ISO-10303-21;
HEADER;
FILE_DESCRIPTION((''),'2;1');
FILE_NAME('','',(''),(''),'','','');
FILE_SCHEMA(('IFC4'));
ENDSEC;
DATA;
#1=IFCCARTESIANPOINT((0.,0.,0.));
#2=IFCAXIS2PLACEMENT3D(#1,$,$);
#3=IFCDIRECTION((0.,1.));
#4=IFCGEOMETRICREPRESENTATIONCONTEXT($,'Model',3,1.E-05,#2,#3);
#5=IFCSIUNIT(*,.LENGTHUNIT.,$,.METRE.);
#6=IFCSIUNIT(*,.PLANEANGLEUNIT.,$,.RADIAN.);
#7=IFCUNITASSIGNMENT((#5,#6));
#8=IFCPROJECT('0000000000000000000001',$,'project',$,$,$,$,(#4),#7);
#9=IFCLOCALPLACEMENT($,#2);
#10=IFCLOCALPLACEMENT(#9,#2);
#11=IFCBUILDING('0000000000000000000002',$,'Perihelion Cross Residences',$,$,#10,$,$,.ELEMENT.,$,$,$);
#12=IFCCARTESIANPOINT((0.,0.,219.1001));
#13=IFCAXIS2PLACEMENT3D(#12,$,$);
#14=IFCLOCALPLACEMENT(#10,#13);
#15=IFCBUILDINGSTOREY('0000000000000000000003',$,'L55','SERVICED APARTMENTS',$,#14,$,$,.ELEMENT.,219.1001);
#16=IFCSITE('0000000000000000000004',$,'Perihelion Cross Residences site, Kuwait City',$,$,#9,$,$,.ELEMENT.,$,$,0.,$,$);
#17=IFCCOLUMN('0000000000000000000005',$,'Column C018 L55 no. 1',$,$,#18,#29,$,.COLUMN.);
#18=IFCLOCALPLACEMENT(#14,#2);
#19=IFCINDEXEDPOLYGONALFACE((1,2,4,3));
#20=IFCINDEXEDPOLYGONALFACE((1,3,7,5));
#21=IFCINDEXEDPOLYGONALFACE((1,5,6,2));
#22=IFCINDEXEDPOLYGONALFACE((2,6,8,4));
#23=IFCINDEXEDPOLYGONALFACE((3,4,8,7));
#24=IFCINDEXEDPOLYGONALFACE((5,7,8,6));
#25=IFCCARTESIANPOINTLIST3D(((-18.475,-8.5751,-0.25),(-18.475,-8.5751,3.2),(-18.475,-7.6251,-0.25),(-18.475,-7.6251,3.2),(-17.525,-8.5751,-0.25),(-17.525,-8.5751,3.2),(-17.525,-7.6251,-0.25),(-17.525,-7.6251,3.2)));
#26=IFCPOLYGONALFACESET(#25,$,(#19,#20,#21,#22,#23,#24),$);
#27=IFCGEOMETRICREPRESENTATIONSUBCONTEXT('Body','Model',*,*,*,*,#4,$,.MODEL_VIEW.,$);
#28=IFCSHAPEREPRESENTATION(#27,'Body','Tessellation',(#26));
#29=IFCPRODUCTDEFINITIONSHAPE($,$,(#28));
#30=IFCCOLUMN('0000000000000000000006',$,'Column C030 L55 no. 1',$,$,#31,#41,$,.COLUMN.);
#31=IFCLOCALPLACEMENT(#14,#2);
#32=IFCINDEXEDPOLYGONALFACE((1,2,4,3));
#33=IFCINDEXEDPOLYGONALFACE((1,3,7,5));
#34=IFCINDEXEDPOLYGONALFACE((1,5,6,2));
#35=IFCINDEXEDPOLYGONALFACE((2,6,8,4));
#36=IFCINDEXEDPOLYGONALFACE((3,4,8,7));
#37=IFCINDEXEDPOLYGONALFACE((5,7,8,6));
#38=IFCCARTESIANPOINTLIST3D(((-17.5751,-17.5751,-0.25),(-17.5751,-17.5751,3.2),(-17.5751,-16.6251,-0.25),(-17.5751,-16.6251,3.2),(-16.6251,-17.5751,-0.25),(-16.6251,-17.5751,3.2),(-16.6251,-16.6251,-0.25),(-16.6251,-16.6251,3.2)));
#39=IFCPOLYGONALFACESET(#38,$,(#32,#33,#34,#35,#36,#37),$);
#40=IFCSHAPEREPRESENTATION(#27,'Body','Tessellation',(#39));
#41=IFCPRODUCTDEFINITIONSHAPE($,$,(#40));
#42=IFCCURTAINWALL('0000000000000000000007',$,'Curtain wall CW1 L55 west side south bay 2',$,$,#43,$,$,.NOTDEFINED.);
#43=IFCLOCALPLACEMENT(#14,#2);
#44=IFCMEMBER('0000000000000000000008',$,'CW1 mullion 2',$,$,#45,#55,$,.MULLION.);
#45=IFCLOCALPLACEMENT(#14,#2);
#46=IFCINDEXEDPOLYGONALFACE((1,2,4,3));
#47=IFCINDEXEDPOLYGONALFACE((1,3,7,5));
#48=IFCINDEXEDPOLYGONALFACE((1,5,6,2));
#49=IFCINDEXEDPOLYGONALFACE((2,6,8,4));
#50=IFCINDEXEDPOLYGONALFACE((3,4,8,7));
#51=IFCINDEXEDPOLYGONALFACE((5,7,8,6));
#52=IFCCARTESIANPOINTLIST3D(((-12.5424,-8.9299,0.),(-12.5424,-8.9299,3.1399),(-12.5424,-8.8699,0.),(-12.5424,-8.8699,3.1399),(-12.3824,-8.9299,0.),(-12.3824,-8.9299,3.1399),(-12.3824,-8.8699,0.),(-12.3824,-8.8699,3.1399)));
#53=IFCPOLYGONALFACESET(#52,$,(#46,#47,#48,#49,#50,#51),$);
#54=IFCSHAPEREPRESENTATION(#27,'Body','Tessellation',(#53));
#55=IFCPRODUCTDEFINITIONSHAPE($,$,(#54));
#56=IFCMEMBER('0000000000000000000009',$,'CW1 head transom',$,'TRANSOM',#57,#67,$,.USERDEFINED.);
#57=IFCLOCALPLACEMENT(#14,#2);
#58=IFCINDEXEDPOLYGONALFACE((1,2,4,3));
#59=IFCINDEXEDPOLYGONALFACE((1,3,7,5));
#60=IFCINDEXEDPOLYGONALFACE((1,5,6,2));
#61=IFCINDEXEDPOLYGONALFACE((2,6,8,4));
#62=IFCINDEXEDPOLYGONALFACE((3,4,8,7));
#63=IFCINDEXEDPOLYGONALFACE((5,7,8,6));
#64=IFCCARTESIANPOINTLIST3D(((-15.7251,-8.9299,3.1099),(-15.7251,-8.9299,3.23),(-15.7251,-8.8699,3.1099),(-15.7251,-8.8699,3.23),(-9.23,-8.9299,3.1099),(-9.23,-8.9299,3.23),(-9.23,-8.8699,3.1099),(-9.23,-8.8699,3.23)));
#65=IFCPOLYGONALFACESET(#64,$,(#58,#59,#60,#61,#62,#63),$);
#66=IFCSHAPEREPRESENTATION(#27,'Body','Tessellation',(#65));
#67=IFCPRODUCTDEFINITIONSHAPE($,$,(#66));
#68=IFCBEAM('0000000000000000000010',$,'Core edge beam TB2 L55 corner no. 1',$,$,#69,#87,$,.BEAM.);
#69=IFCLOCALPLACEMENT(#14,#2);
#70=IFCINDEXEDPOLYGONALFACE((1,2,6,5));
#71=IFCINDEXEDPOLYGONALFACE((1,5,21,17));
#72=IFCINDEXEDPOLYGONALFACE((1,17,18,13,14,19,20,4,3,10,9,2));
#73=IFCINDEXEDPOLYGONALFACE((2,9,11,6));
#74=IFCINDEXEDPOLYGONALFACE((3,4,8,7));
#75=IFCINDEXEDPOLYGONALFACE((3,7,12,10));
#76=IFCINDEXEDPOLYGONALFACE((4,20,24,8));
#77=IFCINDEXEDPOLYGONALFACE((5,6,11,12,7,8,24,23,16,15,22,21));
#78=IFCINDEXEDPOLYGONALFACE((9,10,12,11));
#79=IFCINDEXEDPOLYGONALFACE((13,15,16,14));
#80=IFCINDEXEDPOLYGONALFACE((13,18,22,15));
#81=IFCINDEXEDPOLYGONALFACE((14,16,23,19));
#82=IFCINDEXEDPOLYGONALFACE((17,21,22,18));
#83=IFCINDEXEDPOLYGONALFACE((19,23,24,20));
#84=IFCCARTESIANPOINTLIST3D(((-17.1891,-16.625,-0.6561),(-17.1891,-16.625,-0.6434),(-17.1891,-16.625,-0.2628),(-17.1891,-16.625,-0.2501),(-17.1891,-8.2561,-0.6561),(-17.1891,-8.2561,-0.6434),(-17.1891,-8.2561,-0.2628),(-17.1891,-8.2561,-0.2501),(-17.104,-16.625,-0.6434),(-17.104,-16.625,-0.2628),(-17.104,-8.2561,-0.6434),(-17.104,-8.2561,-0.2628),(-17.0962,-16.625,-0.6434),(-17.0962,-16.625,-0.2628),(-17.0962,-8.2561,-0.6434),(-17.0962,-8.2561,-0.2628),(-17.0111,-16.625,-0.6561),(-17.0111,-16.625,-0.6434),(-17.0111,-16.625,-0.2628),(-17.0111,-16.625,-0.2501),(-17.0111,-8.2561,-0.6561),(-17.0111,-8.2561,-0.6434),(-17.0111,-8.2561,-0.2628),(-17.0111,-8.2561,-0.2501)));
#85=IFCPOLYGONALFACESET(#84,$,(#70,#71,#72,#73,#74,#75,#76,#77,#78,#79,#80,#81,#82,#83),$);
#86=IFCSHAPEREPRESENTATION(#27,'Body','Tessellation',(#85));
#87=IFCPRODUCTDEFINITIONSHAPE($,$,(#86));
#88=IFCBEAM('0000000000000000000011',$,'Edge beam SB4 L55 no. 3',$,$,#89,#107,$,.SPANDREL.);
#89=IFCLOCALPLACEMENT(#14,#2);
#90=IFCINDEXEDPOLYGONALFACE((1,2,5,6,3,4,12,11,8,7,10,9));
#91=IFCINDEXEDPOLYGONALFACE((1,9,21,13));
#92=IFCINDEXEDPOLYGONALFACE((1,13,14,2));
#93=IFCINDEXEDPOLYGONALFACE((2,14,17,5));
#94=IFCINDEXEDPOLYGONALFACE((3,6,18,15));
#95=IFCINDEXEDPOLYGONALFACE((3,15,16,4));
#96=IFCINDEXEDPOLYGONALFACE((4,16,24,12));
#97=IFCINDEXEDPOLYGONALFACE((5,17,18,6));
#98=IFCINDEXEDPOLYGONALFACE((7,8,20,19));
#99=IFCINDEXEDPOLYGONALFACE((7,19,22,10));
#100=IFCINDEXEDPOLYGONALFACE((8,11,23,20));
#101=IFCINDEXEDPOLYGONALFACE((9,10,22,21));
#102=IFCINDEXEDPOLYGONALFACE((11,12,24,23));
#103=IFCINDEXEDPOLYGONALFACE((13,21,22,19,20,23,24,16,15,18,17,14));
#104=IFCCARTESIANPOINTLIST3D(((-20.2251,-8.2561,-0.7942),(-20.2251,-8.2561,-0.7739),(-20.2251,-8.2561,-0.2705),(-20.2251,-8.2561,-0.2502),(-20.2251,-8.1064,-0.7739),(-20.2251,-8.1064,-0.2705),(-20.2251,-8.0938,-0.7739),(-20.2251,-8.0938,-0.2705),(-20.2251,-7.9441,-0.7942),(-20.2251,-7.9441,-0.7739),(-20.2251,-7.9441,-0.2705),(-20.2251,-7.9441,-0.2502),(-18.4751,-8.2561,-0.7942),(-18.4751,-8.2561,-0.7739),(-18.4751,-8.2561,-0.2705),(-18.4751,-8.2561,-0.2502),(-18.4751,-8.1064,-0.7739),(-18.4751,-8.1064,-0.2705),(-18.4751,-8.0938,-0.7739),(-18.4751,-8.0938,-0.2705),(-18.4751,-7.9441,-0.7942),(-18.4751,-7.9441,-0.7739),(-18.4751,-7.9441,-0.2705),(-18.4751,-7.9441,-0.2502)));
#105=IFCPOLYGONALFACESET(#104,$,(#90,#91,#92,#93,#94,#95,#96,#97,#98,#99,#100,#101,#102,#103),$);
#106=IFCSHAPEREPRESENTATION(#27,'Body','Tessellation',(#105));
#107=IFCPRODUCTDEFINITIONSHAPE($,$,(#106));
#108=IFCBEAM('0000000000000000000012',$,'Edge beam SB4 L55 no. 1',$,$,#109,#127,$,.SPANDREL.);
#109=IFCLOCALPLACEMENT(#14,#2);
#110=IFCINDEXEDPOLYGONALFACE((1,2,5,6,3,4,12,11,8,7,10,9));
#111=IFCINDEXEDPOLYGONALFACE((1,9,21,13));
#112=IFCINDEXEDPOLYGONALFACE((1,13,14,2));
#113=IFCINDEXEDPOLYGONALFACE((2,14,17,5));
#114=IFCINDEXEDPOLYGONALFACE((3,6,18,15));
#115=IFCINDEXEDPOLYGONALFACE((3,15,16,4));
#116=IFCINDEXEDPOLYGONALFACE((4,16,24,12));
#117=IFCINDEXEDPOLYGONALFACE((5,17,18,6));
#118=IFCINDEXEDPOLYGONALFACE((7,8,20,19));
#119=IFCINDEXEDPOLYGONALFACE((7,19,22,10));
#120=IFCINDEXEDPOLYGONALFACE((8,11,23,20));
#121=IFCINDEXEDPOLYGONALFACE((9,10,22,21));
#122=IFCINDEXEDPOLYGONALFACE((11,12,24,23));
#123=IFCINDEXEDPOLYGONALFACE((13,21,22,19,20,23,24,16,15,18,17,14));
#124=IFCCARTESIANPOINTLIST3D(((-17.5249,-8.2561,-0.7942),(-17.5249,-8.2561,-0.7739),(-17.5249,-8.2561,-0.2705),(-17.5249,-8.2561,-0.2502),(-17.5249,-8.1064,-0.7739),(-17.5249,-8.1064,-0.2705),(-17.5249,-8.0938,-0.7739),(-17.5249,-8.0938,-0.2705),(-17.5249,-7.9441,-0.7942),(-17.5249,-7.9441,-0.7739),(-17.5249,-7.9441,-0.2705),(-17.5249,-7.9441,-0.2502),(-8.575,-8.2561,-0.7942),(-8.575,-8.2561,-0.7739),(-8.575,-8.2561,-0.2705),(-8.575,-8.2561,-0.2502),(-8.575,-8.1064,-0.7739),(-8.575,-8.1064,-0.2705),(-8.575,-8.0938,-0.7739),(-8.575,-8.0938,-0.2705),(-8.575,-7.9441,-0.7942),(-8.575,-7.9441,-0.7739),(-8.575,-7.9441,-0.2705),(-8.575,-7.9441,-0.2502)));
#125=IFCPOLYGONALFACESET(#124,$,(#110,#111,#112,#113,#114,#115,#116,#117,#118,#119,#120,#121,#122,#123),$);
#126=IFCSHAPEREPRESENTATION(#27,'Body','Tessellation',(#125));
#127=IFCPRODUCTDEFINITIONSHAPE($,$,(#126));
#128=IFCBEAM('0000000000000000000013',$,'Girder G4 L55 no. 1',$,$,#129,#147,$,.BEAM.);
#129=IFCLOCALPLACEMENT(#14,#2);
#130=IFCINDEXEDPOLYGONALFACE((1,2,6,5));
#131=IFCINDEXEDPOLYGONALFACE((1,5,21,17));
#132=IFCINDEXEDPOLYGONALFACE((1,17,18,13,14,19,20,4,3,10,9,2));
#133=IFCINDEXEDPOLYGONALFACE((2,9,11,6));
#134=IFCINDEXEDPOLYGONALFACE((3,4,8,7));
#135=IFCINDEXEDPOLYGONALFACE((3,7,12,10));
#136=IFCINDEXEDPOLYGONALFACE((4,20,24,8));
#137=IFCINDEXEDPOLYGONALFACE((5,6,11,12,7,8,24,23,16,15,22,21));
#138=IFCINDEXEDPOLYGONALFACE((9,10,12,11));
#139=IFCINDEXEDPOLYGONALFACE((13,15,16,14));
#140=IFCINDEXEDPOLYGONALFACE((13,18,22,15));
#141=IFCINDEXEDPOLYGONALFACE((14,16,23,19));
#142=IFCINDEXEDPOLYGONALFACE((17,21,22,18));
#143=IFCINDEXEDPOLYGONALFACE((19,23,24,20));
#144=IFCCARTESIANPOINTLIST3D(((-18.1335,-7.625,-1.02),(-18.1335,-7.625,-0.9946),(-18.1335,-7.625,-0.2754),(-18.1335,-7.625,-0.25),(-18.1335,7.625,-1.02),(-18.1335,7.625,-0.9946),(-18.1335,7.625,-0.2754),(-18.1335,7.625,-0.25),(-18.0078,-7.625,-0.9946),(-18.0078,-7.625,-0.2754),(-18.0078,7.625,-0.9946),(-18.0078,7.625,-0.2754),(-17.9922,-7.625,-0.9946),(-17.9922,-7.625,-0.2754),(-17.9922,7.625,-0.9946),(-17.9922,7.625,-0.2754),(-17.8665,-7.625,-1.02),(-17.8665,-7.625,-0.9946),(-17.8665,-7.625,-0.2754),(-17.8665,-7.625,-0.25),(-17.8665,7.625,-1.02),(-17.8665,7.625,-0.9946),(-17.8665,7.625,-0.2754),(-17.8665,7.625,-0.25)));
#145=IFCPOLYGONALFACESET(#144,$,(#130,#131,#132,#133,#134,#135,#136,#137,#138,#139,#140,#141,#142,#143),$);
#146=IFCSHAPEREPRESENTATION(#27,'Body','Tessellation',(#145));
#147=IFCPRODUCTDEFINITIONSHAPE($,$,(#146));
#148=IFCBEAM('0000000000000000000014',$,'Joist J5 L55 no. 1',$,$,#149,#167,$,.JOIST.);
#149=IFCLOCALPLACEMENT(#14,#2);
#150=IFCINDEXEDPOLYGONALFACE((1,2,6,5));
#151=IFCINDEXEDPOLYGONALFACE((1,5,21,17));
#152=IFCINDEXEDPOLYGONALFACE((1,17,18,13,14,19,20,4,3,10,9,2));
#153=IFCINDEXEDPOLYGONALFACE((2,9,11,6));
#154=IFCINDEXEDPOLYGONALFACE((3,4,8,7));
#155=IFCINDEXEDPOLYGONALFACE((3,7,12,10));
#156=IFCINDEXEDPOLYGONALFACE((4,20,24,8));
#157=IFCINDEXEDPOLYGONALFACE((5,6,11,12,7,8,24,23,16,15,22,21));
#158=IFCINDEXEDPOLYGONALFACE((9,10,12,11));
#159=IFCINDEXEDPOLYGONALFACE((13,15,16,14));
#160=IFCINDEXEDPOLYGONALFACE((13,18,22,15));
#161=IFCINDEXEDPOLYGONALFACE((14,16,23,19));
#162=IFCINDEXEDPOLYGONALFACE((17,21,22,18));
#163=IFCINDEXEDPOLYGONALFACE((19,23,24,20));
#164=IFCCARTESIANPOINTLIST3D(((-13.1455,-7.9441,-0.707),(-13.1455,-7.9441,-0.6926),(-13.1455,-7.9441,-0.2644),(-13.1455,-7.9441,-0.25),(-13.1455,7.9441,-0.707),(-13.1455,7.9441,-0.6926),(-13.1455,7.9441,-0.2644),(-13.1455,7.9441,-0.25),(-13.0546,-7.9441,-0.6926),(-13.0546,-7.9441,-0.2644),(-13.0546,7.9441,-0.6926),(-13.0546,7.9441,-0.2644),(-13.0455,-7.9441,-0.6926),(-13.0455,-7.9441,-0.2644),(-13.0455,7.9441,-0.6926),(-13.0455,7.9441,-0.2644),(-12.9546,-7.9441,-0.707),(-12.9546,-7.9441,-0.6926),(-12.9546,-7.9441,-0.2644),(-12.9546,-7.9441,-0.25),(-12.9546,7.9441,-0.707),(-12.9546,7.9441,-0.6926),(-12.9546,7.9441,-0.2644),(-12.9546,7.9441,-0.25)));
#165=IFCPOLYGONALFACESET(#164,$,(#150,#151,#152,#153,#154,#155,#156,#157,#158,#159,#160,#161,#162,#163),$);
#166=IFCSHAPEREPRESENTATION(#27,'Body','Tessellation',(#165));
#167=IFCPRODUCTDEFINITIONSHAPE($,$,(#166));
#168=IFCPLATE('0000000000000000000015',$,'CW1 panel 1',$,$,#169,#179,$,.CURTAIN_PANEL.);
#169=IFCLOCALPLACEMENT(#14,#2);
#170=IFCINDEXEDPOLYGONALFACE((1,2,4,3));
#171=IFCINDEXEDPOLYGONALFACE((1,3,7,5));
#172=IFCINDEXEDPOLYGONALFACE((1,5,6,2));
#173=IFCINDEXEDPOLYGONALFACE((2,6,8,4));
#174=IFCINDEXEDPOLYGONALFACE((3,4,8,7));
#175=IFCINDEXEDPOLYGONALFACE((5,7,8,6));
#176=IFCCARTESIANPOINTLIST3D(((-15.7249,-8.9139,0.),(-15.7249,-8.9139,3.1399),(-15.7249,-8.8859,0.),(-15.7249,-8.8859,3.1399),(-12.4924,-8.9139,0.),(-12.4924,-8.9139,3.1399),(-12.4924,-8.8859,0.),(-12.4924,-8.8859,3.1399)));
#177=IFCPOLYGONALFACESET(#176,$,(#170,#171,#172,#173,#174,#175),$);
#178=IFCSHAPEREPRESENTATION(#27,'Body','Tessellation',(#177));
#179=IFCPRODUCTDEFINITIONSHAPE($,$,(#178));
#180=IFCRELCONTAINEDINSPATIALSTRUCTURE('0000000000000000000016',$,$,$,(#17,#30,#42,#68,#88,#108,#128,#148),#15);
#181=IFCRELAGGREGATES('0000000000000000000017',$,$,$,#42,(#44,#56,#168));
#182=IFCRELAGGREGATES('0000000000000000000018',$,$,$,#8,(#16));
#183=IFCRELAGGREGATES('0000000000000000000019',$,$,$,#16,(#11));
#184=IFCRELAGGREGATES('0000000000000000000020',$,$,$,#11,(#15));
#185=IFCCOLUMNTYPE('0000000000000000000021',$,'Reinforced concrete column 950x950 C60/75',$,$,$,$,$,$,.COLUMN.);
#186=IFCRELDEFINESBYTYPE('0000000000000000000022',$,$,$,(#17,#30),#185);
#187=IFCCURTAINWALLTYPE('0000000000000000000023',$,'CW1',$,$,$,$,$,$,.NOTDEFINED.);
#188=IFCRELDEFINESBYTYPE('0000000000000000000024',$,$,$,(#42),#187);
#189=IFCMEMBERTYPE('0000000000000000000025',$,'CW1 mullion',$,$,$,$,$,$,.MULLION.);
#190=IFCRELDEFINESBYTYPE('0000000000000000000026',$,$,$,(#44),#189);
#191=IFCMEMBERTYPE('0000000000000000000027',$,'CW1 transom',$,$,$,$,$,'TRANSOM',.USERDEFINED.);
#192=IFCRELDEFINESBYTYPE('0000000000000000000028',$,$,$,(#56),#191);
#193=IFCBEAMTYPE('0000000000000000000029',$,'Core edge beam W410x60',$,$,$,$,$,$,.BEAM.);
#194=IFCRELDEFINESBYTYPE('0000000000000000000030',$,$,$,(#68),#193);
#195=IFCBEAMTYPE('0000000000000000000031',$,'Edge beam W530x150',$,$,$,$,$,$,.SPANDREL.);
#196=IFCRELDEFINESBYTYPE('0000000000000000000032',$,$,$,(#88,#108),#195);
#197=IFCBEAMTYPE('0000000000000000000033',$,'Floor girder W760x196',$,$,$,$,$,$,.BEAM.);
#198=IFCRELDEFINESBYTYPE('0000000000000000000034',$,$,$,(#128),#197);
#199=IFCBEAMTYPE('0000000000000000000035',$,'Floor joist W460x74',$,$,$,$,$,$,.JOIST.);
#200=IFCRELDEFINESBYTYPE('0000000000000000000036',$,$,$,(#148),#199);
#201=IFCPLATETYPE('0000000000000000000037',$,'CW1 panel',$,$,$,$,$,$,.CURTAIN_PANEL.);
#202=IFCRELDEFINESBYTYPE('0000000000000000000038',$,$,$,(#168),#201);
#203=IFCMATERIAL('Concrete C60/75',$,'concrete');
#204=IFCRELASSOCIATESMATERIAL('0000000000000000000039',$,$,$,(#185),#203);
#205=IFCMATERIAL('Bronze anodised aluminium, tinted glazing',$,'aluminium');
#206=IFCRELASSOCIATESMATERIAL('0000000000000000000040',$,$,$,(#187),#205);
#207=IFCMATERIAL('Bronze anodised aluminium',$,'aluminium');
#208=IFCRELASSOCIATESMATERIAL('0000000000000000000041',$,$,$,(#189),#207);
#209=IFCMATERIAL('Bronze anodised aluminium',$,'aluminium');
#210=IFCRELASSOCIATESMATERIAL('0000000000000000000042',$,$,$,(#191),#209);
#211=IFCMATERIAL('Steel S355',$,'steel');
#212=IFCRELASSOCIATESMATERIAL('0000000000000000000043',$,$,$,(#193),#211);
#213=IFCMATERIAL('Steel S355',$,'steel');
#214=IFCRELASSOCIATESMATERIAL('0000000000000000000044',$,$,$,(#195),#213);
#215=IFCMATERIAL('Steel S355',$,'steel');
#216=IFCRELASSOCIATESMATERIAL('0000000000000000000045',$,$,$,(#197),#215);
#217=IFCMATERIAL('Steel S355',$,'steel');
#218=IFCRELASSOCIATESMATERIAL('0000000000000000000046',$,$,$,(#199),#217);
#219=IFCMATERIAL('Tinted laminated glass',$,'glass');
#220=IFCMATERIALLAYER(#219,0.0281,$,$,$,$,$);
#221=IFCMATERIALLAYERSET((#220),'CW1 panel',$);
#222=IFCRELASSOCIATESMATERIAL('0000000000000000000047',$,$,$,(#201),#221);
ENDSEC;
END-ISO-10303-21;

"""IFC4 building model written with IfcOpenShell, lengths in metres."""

from ifc_helpers import new_model, si_unit, direction, frame, origin, origin_2d, place, context, subcontext, project, spatial, rectangle, i_section, extrude, material, layer, layer_set, material_profile, profile_set, type_object, element, aggregate, save


model = new_model("IFC4")

# Units and contexts
model_context = context("Model", 3, precision=1e-05, world=origin(), true_north=direction((0.0, 1.0)))
body_context = subcontext(model_context, "Body", "Model", "MODEL_VIEW")
ifc_project = project(units=[si_unit("LENGTHUNIT", "METRE"), si_unit("PLANEANGLEUNIT", "RADIAN")], contexts=[model_context])

# Site, building, storey
site_placement = place(None, origin())
site = spatial("IfcSite", under=ifc_project, at=site_placement, Name="Perihelion Cross Residences site, Kuwait City", CompositionType="ELEMENT", RefElevation=0.0)
building_placement = place(site_placement, origin())
building = spatial("IfcBuilding", under=site, at=building_placement, Name="Perihelion Cross Residences", CompositionType="ELEMENT")
storey_placement = place(building_placement, frame((0.0, 0.0, 219.1001)))
storey = spatial("IfcBuildingStorey", under=building, at=storey_placement, Name="L55", Description="SERVICED APARTMENTS", CompositionType="ELEMENT", Elevation=219.1001)

# Columns
ifc_material_1 = material(Name="Concrete C60/75", Category="concrete")
ifc_material_profile_1 = material_profile(ifc_material_1, rectangle(XDim=0.95, YDim=0.95, at=origin_2d()), Name="RC 950x950")
ifc_profile_set_1 = profile_set([ifc_material_profile_1], Name="Concrete C60/75")
column_type = type_object("IfcColumnType", Name="Reinforced concrete column 950x950 C60/75", PredefinedType="COLUMN", material=ifc_profile_set_1)
for number, where, z_axis, x_axis, name in (
    (1, (-18.0, -8.1001, -0.25), (0.0, 0.0, 1.0), (1.0, 0.0, 0.0), "Column C018 L55 no. 1"),
    (2, (-17.1001, -17.1001, -0.25), (0.0, 0.0, 1.0), (1.0, 0.0, 0.0), "Column C030 L55 no. 1"),
):
    element("IfcColumn", number, at=place(storey_placement, frame(where, z_axis=z_axis, x_axis=x_axis)), inside=storey, type_object=column_type, Name=name, PredefinedType="COLUMN", context=body_context, shape_type="SweptSolid", body=[
        extrude(rectangle(XDim=0.95, YDim=0.95, at=origin_2d()), origin(), (0.0, 0.0, 1.0), 3.45),
    ])

# Curtain wall, members
ifc_material_2 = material(Name="Bronze anodised aluminium, tinted glazing", Category="aluminium")
curtain_wall_type = type_object("IfcCurtainWallType", Name="CW1", PredefinedType="NOTDEFINED", material=ifc_material_2)
curtain_wall_placement = place(storey_placement, origin())
curtain_wall = element("IfcCurtainWall", 3, at=curtain_wall_placement, inside=storey, type_object=curtain_wall_type, Name="Curtain wall CW1 L55 west side south bay 2", PredefinedType="NOTDEFINED")
ifc_material_3 = material(Name="Bronze anodised aluminium", Category="aluminium")
ifc_material_profile_2 = material_profile(ifc_material_3, rectangle(XDim=0.0601, YDim=0.1599, at=origin_2d()), Name="CW1 mullion")
ifc_profile_set_2 = profile_set([ifc_material_profile_2], Name="Bronze anodised aluminium")
member_type_1 = type_object("IfcMemberType", Name="CW1 mullion", PredefinedType="MULLION", material=ifc_profile_set_2)
member_1_placement = place(storey_placement, frame((-12.4624, -8.8999, 0.0), z_axis=(0.0, 0.0, 1.0), x_axis=(0.0, 1.0, 0.0)))
member_1 = element("IfcMember", 4, at=member_1_placement, type_object=member_type_1, Name="CW1 mullion 2", PredefinedType="MULLION", context=body_context, shape_type="SweptSolid", body=[
    extrude(rectangle(XDim=0.0601, YDim=0.1599, at=origin_2d()), origin(), (0.0, 0.0, 1.0), 3.1399),
])
ifc_material_4 = material(Name="Bronze anodised aluminium", Category="aluminium")
ifc_material_profile_3 = material_profile(ifc_material_4, rectangle(XDim=0.0601, YDim=0.1201, at=origin_2d()), Name="CW1 transom")
ifc_profile_set_3 = profile_set([ifc_material_profile_3], Name="Bronze anodised aluminium")
member_type_2 = type_object("IfcMemberType", Name="CW1 transom", ElementType="TRANSOM", PredefinedType="USERDEFINED", material=ifc_profile_set_3)
member_2_placement = place(storey_placement, frame((-15.7251, -8.8999, 3.1699), z_axis=(1.0, 0.0, 0.0), x_axis=(0.0, 1.0, 0.0)))
member_2 = element("IfcMember", 5, at=member_2_placement, type_object=member_type_2, Name="CW1 head transom", ObjectType="TRANSOM", PredefinedType="USERDEFINED", context=body_context, shape_type="SweptSolid", body=[
    extrude(rectangle(XDim=0.0601, YDim=0.1201, at=origin_2d()), origin(), (0.0, 0.0, 1.0), 6.4951),
])

# Beams
ifc_material_5 = material(Name="Steel S355", Category="steel")
ifc_material_profile_4 = material_profile(ifc_material_5, i_section(OverallWidth=0.178, OverallDepth=0.406, WebThickness=0.0078, FlangeThickness=0.0127, at=origin_2d()), Name="W410x60")
ifc_profile_set_4 = profile_set([ifc_material_profile_4], Name="Steel S355")
beam_type_1 = type_object("IfcBeamType", Name="Core edge beam W410x60", PredefinedType="BEAM", material=ifc_profile_set_4)
beam_1_placement = place(storey_placement, frame((-17.1001, -8.2561, -0.4531), z_axis=(0.0, -1.0, 0.0), x_axis=(1.0, 0.0, 0.0)))
element("IfcBeam", 6, at=beam_1_placement, inside=storey, type_object=beam_type_1, Name="Core edge beam TB2 L55 corner no. 1", PredefinedType="BEAM", context=body_context, shape_type="SweptSolid", body=[
    extrude(i_section(OverallWidth=0.178, OverallDepth=0.406, WebThickness=0.0078, FlangeThickness=0.0127, at=origin_2d()), origin(), (0.0, 0.0, 1.0), 8.3689),
])
ifc_material_6 = material(Name="Steel S355", Category="steel")
ifc_material_profile_5 = material_profile(ifc_material_6, i_section(OverallWidth=0.312, OverallDepth=0.5439, WebThickness=0.0127, FlangeThickness=0.0203, at=origin_2d()), Name="W530x150")
ifc_profile_set_5 = profile_set([ifc_material_profile_5], Name="Steel S355")
beam_type_2 = type_object("IfcBeamType", Name="Edge beam W530x150", PredefinedType="SPANDREL", material=ifc_profile_set_5)
beam_2_placement = place(storey_placement, frame((-20.2251, -8.1001, -0.5222), z_axis=(1.0, 0.0, 0.0), x_axis=(0.0, 1.0, 0.0)))
element("IfcBeam", 7, at=beam_2_placement, inside=storey, type_object=beam_type_2, Name="Edge beam SB4 L55 no. 3", PredefinedType="SPANDREL", context=body_context, shape_type="SweptSolid", body=[
    extrude(i_section(OverallWidth=0.312, OverallDepth=0.5439, WebThickness=0.0127, FlangeThickness=0.0203, at=origin_2d()), origin(), (0.0, 0.0, 1.0), 1.75),
])
beam_3_placement = place(storey_placement, frame((-17.5249, -8.1001, -0.5222), z_axis=(1.0, 0.0, 0.0), x_axis=(0.0, 1.0, 0.0)))
element("IfcBeam", 8, at=beam_3_placement, inside=storey, type_object=beam_type_2, Name="Edge beam SB4 L55 no. 1", PredefinedType="SPANDREL", context=body_context, shape_type="SweptSolid", body=[
    extrude(i_section(OverallWidth=0.312, OverallDepth=0.5439, WebThickness=0.0127, FlangeThickness=0.0203, at=origin_2d()), origin(), (0.0, 0.0, 1.0), 8.95),
])
ifc_material_7 = material(Name="Steel S355", Category="steel")
ifc_material_profile_6 = material_profile(ifc_material_7, i_section(OverallWidth=0.2671, OverallDepth=0.77, WebThickness=0.0156, FlangeThickness=0.0254, at=origin_2d()), Name="W760x196")
ifc_profile_set_6 = profile_set([ifc_material_profile_6], Name="Steel S355")
beam_type_3 = type_object("IfcBeamType", Name="Floor girder W760x196", PredefinedType="BEAM", material=ifc_profile_set_6)
beam_4_placement = place(storey_placement, frame((-18.0, -7.625, -0.635), z_axis=(0.0, 1.0, 0.0), x_axis=(-1.0, 0.0, 0.0)))
element("IfcBeam", 9, at=beam_4_placement, inside=storey, type_object=beam_type_3, Name="Girder G4 L55 no. 1", PredefinedType="BEAM", context=body_context, shape_type="SweptSolid", body=[
    extrude(i_section(OverallWidth=0.2671, OverallDepth=0.77, WebThickness=0.0156, FlangeThickness=0.0254, at=origin_2d()), origin(), (0.0, 0.0, 1.0), 15.25),
])
ifc_material_8 = material(Name="Steel S355", Category="steel")
ifc_material_profile_7 = material_profile(ifc_material_8, i_section(OverallWidth=0.1909, OverallDepth=0.457, WebThickness=0.009, FlangeThickness=0.0144, at=origin_2d()), Name="W460x74")
ifc_profile_set_7 = profile_set([ifc_material_profile_7], Name="Steel S355")
beam_type_4 = type_object("IfcBeamType", Name="Floor joist W460x74", PredefinedType="JOIST", material=ifc_profile_set_7)
beam_5_placement = place(storey_placement, frame((-13.05, -7.9441, -0.4785), z_axis=(0.0, 1.0, 0.0), x_axis=(-1.0, 0.0, 0.0)))
element("IfcBeam", 10, at=beam_5_placement, inside=storey, type_object=beam_type_4, Name="Joist J5 L55 no. 1", PredefinedType="JOIST", context=body_context, shape_type="SweptSolid", body=[
    extrude(i_section(OverallWidth=0.1909, OverallDepth=0.457, WebThickness=0.009, FlangeThickness=0.0144, at=origin_2d()), origin(), (0.0, 0.0, 1.0), 15.8882),
])

# Plate
ifc_material_9 = material(Name="Tinted laminated glass", Category="glass")
ifc_layer_1 = layer(ifc_material_9, 0.0281)
ifc_layer_set_1 = layer_set([ifc_layer_1], Name="CW1 panel")
plate_type = type_object("IfcPlateType", Name="CW1 panel", PredefinedType="CURTAIN_PANEL", material=ifc_layer_set_1)
plate_1_placement = place(storey_placement, frame((-14.1086, -8.8999, 0.0), z_axis=(0.0, 0.0, 1.0), x_axis=(1.0, 0.0, 0.0)))
plate_1 = element("IfcPlate", 11, at=plate_1_placement, type_object=plate_type, Name="CW1 panel 1", PredefinedType="CURTAIN_PANEL", context=body_context, shape_type="SweptSolid", body=[
    extrude(rectangle(XDim=3.2324, YDim=0.0281, at=origin_2d()), origin(), (0.0, 0.0, 1.0), 3.1399),
])
aggregate(curtain_wall, [member_1, member_2, plate_1])

save(model, "model.ifc")
